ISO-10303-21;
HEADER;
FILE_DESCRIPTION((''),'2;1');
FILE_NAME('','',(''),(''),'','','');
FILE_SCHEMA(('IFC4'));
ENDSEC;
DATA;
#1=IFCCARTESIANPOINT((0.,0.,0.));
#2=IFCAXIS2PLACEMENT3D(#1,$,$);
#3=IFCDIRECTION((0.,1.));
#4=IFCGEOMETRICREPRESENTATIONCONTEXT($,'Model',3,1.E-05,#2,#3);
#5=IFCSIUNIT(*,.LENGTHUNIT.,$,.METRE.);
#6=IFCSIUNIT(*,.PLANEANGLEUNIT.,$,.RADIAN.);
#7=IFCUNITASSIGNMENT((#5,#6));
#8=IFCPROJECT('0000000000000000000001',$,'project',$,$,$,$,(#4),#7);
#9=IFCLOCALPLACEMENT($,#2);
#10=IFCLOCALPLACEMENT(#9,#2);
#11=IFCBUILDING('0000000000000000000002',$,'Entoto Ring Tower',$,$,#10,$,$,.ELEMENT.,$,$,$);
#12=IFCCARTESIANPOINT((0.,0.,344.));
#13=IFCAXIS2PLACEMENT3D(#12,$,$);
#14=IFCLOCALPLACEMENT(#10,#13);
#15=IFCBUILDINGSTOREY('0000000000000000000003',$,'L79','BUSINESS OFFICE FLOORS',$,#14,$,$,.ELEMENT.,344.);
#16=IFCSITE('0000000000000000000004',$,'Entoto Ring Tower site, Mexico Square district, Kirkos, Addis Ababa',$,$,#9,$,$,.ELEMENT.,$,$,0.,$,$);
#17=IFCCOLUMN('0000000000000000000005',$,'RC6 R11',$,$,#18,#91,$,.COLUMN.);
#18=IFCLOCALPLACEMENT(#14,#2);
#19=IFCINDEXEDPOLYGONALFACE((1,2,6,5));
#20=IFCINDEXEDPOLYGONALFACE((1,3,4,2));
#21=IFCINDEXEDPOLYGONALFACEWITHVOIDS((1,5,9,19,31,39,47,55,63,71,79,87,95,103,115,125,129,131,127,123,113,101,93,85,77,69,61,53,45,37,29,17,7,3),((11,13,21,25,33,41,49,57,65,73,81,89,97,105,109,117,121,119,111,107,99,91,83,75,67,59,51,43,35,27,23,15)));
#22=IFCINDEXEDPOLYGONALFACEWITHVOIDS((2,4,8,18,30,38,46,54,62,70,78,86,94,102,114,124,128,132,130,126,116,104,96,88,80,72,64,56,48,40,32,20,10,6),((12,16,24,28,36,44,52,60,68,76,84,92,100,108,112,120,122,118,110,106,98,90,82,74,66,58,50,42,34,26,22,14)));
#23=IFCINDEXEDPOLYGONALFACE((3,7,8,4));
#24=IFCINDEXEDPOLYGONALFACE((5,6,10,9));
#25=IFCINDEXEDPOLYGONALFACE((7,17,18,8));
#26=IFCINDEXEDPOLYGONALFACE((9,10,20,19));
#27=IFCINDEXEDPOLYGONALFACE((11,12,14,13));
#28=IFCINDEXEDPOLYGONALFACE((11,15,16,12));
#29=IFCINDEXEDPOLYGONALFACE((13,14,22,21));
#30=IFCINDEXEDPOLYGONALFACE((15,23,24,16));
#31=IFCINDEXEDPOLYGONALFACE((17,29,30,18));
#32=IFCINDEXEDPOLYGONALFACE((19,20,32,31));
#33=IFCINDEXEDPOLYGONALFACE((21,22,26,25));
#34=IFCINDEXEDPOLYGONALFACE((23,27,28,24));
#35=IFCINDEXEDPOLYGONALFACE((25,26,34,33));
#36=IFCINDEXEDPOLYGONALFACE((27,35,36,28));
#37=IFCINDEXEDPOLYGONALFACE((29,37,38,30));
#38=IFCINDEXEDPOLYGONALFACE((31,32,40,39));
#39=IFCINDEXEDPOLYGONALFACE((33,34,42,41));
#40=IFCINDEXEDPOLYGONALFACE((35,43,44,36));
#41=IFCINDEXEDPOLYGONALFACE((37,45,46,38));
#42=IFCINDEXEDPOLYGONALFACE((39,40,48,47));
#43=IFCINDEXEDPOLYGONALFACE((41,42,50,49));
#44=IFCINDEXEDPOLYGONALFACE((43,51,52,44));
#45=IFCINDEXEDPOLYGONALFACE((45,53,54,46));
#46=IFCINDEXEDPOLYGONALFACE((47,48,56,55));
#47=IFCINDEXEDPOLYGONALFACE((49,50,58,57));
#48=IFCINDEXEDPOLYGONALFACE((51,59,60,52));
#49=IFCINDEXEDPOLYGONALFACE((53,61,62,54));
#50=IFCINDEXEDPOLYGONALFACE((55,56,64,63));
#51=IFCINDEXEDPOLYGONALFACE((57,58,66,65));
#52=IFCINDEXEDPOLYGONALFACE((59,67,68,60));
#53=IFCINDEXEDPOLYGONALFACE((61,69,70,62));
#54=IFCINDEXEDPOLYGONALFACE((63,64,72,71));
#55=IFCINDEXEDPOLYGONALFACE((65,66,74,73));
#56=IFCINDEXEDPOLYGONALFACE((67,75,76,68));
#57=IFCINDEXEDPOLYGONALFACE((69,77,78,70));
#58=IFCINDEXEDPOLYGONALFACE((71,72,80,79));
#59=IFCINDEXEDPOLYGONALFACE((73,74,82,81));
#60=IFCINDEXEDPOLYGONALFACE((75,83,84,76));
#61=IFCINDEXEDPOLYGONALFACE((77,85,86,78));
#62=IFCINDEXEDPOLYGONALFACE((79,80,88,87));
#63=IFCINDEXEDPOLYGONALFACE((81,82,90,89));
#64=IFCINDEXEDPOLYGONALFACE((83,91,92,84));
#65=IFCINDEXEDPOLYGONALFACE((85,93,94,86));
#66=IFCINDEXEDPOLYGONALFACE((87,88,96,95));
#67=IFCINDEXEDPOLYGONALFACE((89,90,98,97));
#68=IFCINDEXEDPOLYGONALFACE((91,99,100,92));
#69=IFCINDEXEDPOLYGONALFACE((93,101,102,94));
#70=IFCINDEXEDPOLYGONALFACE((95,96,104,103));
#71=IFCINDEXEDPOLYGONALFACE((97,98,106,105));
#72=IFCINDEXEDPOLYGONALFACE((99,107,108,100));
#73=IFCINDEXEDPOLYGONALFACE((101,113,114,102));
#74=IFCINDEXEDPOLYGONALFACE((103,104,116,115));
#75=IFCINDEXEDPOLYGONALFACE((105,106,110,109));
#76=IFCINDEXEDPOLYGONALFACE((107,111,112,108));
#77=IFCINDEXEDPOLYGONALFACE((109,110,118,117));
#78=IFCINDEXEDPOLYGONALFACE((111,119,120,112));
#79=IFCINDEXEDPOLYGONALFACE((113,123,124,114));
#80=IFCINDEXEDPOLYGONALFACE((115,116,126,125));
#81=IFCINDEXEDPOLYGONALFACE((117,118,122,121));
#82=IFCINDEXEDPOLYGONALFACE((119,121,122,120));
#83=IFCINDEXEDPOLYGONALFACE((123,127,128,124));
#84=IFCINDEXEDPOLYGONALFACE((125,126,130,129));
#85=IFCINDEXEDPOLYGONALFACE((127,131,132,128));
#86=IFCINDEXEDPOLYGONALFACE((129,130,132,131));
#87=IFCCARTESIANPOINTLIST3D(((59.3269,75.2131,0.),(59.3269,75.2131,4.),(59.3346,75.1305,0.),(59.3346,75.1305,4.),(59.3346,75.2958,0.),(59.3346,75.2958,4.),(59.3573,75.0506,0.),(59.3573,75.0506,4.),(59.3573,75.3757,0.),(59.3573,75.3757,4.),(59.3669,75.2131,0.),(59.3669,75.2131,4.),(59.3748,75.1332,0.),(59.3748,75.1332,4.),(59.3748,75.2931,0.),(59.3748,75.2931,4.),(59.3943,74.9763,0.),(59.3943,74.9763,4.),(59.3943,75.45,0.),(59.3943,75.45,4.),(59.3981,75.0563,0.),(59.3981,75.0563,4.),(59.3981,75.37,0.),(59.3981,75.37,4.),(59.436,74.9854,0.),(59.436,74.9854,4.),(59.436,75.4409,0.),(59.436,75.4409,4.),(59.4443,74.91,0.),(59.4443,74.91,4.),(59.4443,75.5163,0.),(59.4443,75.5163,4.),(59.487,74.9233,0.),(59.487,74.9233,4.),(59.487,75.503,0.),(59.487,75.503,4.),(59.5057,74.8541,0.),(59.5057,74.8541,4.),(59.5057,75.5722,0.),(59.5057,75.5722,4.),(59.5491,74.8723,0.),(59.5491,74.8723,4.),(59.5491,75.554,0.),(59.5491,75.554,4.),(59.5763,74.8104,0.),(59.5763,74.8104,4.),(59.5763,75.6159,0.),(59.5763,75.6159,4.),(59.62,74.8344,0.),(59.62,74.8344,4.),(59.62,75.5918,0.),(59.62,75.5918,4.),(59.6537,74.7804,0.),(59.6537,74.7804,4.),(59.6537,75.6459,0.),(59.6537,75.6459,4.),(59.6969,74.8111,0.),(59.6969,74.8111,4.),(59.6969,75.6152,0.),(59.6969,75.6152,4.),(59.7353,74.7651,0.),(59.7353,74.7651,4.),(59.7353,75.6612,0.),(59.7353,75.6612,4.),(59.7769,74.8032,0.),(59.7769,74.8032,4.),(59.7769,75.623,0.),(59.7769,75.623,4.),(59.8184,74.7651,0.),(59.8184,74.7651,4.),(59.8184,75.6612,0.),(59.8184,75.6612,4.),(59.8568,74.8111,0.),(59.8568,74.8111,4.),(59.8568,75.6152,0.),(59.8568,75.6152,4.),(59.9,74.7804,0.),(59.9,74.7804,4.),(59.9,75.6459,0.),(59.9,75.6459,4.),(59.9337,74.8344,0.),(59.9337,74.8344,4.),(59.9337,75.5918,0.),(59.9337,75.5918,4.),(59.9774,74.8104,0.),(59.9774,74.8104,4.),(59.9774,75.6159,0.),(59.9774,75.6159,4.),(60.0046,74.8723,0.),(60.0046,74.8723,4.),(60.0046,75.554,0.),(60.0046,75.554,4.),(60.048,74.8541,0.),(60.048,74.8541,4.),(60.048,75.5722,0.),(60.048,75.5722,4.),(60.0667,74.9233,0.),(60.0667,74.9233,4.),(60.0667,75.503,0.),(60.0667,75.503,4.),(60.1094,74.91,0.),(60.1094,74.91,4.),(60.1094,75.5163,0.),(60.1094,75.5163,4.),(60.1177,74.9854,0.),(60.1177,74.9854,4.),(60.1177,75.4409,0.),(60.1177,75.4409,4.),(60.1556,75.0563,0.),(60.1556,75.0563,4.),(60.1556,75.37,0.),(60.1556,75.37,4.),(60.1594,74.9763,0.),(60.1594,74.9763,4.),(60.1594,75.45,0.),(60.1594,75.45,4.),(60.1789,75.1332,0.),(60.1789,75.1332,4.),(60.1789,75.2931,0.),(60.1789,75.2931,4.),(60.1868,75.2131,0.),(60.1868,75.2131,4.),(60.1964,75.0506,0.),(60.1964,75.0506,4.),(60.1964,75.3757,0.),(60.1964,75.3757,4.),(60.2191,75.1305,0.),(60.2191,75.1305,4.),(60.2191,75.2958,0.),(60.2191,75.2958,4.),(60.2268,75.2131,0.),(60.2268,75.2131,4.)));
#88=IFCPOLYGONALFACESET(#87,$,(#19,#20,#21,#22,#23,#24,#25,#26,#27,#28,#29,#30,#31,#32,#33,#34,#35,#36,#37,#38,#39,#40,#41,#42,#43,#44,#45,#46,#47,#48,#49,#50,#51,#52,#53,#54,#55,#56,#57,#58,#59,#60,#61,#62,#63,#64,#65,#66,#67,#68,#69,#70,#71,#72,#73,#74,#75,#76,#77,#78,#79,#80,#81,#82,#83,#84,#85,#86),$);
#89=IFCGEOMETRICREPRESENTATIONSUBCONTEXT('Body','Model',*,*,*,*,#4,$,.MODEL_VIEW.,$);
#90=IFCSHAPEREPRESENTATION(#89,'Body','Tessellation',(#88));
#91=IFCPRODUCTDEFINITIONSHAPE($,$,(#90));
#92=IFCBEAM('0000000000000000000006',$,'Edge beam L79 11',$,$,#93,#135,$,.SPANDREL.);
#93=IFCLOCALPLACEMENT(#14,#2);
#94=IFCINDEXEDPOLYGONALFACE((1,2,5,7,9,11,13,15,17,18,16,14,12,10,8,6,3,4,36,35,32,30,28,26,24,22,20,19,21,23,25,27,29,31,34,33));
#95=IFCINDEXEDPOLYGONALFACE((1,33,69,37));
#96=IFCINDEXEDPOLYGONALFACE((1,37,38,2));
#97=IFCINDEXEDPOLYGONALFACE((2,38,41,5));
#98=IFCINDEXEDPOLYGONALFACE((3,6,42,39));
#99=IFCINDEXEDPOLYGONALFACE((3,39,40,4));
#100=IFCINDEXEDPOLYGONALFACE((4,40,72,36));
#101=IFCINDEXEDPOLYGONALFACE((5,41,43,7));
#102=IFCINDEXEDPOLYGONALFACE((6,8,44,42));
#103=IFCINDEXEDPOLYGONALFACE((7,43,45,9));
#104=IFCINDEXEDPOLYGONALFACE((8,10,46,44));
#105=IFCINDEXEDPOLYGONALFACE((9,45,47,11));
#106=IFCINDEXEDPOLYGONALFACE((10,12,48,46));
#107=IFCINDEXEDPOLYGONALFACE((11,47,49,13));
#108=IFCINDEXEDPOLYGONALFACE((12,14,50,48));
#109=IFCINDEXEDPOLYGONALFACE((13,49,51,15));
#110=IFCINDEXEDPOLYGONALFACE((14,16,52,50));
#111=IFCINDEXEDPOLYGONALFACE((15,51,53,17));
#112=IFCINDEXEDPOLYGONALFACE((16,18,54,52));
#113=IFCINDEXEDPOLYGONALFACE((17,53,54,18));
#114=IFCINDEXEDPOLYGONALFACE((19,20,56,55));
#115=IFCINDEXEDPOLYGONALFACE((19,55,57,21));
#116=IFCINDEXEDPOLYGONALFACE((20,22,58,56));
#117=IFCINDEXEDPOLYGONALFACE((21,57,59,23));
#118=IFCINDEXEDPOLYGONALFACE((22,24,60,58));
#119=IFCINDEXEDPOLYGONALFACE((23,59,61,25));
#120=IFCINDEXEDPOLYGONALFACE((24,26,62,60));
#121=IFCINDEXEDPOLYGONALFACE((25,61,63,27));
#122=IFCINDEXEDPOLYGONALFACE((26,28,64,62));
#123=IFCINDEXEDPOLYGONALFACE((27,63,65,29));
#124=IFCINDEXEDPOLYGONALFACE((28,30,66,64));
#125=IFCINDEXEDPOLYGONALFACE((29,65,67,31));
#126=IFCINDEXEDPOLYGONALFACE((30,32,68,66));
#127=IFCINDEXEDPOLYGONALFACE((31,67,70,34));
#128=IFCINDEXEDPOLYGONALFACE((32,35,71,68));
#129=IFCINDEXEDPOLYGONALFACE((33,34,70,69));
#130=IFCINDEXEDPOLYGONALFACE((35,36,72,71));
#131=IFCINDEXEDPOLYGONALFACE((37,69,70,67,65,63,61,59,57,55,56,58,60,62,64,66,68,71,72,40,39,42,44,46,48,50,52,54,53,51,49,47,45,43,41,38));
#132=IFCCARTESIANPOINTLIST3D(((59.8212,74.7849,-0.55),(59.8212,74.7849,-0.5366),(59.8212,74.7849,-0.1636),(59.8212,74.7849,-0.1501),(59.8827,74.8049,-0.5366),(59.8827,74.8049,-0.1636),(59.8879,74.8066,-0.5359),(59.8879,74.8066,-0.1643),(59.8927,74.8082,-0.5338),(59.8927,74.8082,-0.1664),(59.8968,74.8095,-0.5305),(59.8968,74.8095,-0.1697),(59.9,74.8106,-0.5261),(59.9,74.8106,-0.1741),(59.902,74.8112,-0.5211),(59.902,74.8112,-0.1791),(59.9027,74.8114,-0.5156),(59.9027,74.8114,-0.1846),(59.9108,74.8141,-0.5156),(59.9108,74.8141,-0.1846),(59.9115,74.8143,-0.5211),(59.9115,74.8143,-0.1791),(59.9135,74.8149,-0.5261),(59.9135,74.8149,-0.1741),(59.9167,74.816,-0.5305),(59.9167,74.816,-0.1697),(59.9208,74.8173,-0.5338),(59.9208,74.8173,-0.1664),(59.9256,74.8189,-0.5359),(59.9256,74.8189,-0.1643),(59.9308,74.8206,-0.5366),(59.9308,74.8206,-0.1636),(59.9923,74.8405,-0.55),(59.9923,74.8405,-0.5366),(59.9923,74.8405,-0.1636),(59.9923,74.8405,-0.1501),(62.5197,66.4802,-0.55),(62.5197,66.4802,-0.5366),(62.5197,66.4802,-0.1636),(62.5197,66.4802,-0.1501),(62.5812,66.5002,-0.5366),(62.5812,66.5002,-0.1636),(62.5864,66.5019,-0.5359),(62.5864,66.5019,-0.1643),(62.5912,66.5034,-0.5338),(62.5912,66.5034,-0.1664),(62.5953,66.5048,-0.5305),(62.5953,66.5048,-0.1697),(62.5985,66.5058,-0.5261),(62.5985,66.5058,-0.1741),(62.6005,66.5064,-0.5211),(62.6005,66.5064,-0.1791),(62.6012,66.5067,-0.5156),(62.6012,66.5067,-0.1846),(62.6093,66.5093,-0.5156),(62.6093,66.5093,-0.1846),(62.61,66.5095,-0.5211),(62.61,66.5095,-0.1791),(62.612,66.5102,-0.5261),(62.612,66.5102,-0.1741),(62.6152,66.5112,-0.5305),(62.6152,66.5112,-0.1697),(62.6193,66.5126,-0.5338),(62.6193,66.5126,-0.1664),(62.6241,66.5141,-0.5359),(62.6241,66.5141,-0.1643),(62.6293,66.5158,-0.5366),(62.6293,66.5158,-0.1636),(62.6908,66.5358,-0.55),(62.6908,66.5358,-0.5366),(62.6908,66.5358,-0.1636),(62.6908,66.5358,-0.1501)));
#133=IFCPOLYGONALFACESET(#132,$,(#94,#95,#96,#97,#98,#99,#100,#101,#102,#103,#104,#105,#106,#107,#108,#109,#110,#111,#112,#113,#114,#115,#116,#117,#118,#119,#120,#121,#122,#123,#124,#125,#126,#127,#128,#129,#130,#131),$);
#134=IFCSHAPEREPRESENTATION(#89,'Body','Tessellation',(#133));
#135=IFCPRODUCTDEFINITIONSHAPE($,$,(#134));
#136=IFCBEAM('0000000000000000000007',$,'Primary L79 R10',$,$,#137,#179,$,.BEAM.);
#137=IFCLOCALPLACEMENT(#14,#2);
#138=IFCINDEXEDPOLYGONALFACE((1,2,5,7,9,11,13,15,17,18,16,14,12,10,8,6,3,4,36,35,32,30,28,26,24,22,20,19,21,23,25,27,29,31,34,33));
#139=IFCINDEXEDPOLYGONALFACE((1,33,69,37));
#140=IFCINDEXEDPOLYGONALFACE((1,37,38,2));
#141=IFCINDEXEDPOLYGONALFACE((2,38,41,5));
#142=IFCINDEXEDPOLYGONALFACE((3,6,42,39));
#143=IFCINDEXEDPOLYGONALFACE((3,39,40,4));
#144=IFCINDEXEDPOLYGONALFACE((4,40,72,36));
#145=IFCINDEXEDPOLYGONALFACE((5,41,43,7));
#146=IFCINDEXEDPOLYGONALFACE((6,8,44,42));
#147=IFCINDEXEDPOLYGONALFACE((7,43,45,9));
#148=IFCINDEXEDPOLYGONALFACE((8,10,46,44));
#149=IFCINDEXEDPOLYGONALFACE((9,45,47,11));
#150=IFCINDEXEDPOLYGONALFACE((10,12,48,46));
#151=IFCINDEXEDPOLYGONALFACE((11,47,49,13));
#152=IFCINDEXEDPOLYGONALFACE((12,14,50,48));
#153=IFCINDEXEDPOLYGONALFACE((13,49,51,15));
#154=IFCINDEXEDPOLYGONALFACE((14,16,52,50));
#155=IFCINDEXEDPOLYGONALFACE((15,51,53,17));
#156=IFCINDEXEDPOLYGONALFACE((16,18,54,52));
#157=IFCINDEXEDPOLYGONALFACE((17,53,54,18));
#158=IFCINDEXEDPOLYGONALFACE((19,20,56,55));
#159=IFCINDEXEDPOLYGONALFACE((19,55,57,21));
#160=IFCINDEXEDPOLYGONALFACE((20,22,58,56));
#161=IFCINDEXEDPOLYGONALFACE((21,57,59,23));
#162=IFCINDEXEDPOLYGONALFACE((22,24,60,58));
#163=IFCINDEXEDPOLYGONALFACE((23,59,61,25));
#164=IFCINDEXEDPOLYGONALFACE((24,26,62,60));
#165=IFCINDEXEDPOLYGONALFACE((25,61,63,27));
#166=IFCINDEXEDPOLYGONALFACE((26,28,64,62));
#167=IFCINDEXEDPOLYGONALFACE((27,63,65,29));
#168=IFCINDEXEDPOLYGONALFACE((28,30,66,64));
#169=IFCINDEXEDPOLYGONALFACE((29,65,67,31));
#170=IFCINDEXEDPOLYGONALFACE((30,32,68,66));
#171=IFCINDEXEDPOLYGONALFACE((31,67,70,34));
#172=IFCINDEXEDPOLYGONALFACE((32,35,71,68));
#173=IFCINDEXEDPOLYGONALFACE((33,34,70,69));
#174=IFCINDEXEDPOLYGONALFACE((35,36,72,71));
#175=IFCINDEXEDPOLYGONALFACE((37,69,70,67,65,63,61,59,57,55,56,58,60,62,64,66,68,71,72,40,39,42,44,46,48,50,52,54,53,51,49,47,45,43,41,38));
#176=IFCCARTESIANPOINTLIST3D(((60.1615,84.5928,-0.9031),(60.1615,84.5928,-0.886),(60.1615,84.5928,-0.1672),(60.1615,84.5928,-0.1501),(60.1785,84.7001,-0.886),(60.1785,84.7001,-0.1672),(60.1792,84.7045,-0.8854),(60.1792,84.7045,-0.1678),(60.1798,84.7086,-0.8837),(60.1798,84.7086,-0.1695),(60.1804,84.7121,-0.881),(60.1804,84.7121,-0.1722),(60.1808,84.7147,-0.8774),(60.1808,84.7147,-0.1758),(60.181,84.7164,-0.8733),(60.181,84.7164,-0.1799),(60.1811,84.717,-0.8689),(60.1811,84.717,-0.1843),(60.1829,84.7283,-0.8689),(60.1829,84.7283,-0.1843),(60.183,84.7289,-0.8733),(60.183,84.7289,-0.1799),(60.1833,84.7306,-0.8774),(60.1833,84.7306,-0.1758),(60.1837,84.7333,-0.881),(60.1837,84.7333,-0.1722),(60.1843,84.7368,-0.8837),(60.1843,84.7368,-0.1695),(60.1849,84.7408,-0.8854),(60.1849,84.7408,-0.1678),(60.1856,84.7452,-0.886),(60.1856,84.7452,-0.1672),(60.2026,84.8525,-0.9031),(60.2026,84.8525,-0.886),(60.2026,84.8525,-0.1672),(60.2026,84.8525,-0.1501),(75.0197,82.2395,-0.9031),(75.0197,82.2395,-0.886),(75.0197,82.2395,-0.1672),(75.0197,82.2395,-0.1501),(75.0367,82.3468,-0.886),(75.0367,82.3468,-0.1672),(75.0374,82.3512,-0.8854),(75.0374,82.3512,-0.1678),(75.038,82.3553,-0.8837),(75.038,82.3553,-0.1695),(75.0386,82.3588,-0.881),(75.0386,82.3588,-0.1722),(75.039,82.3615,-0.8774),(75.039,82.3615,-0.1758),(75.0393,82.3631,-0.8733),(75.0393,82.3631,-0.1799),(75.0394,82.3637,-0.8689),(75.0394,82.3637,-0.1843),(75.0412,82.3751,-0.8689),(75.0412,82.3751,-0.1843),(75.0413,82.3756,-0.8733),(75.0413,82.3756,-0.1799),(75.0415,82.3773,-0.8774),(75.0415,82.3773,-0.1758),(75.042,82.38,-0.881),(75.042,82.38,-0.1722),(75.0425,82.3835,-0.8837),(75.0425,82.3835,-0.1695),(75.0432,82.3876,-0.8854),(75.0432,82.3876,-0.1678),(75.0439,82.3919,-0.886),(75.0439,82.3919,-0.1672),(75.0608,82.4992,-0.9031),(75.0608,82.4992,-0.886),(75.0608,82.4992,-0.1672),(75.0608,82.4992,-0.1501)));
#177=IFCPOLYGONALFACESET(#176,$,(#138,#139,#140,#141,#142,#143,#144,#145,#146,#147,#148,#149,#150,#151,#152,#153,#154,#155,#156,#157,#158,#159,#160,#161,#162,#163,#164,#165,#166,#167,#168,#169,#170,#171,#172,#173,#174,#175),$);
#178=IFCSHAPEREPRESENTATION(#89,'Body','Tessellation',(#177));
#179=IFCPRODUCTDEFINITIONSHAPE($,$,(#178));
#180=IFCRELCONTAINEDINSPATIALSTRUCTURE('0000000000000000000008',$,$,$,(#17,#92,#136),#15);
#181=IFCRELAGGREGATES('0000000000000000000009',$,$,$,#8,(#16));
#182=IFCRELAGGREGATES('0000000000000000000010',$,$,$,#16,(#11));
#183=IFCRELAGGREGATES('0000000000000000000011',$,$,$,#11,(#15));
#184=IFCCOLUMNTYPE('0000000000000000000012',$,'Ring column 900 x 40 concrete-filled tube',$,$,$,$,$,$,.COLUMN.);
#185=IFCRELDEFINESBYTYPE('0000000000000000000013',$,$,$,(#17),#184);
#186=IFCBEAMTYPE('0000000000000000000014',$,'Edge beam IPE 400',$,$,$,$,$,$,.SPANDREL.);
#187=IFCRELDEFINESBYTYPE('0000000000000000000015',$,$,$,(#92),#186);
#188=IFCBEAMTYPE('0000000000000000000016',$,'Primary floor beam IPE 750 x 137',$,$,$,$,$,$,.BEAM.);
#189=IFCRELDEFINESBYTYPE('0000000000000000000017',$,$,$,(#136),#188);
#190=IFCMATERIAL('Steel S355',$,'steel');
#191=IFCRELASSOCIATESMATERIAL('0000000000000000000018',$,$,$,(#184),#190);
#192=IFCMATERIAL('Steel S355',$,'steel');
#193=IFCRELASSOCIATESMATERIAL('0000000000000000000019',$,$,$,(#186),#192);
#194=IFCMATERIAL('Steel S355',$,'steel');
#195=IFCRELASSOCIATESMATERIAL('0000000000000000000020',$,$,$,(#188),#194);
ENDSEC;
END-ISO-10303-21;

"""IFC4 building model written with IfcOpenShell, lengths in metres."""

from ifc_helpers import new_model, si_unit, direction, frame, origin, origin_2d, place, context, subcontext, project, spatial, circle, hollow_circle, i_section, extrude, material, material_profile, profile_set, type_object, element, save


model = new_model("IFC4")

# Units and contexts
model_context = context("Model", 3, precision=1e-05, world=origin(), true_north=direction((0.0, 1.0)))
body_context = subcontext(model_context, "Body", "Model", "MODEL_VIEW")
ifc_project = project(units=[si_unit("LENGTHUNIT", "METRE"), si_unit("PLANEANGLEUNIT", "RADIAN")], contexts=[model_context])

# Site, building, storey
site_placement = place(None, origin())
site = spatial("IfcSite", under=ifc_project, at=site_placement, Name="Entoto Ring Tower site, Mexico Square district, Kirkos, Addis Ababa", CompositionType="ELEMENT", RefElevation=0.0)
building_placement = place(site_placement, origin())
building = spatial("IfcBuilding", under=site, at=building_placement, Name="Entoto Ring Tower", CompositionType="ELEMENT")
storey_placement = place(building_placement, frame((0.0, 0.0, 344.0)))
storey = spatial("IfcBuildingStorey", under=building, at=storey_placement, Name="L79", Description="BUSINESS OFFICE FLOORS", CompositionType="ELEMENT", Elevation=344.0)

# Column
ifc_material_1 = material(Name="Steel S355", Category="steel")
ifc_material_profile_1 = material_profile(ifc_material_1, hollow_circle(Radius=0.45, WallThickness=0.04, at=origin_2d()), Name="CHS 900 x 40")
ifc_material_2 = material(Name="Concrete C60/75", Category="concrete")
ifc_material_profile_2 = material_profile(ifc_material_2, circle(Radius=0.4099, at=origin_2d()), Name="Concrete C60/75 infill")
ifc_profile_set_1 = profile_set([ifc_material_profile_1, ifc_material_profile_2], Name="Steel S355")
column_type = type_object("IfcColumnType", Name="Ring column 900 x 40 concrete-filled tube", PredefinedType="COLUMN", material=ifc_profile_set_1)
column_placement = place(storey_placement, frame((59.7769, 75.2131, 0.0), z_axis=(0.0, 0.0, 1.0), x_axis=(1.0, 0.0, 0.0)))
element("IfcColumn", 1, at=column_placement, inside=storey, type_object=column_type, Name="RC6 R11", PredefinedType="COLUMN", context=body_context, shape_type="SweptSolid", body=[
    extrude(hollow_circle(Radius=0.45, WallThickness=0.04, at=origin_2d()), origin(), (0.0, 0.0, 1.0), 4.0),
])

# Beams
ifc_material_3 = material(Name="Steel S355", Category="steel")
ifc_material_profile_3 = material_profile(ifc_material_3, i_section(OverallWidth=0.1799, OverallDepth=0.3999, WebThickness=0.0085, FlangeThickness=0.0134, FilletRadius=0.021, at=origin_2d()), Name="IPE 400")
ifc_profile_set_2 = profile_set([ifc_material_profile_3], Name="Steel S355")
beam_type_1 = type_object("IfcBeamType", Name="Edge beam IPE 400", PredefinedType="SPANDREL", material=ifc_profile_set_2)
beam_1_placement = place(storey_placement, frame((59.9067, 74.8127, -0.3501), z_axis=(0.30903, -0.951052, 0.0), x_axis=(0.951052, 0.30903, 0.0)))
element("IfcBeam", 2, at=beam_1_placement, inside=storey, type_object=beam_type_1, Name="Edge beam L79 11", PredefinedType="SPANDREL", context=body_context, shape_type="SweptSolid", body=[
    extrude(i_section(OverallWidth=0.1799, OverallDepth=0.3999, WebThickness=0.0085, FlangeThickness=0.0134, FilletRadius=0.021, at=origin_2d()), origin(), (0.0, 0.0, 1.0), 8.7322),
])
ifc_material_4 = material(Name="Steel S355", Category="steel")
ifc_material_profile_4 = material_profile(ifc_material_4, i_section(OverallWidth=0.2629, OverallDepth=0.7529, WebThickness=0.0115, FlangeThickness=0.0171, FilletRadius=0.0171, at=origin_2d()), Name="IPE 750 x 137")
ifc_profile_set_3 = profile_set([ifc_material_profile_4], Name="Steel S355")
beam_type_2 = type_object("IfcBeamType", Name="Primary floor beam IPE 750 x 137", PredefinedType="BEAM", material=ifc_profile_set_3)
for number, where, z_axis, x_axis, name in (
    (3, (75.0403, 82.3694, -0.5266), (-0.987689, 0.156433, 0.0), (-0.156433, -0.987689, 0.0), "Primary L79 R10"),
):
    element("IfcBeam", number, at=place(storey_placement, frame(where, z_axis=z_axis, x_axis=x_axis)), inside=storey, type_object=beam_type_2, Name=name, PredefinedType="BEAM", context=body_context, shape_type="SweptSolid", body=[
        extrude(i_section(OverallWidth=0.2629, OverallDepth=0.7529, WebThickness=0.0115, FlangeThickness=0.0171, FilletRadius=0.0171, at=origin_2d()), origin(), (0.0, 0.0, 1.0), 15.0435),
    ])

save(model, "model.ifc")
